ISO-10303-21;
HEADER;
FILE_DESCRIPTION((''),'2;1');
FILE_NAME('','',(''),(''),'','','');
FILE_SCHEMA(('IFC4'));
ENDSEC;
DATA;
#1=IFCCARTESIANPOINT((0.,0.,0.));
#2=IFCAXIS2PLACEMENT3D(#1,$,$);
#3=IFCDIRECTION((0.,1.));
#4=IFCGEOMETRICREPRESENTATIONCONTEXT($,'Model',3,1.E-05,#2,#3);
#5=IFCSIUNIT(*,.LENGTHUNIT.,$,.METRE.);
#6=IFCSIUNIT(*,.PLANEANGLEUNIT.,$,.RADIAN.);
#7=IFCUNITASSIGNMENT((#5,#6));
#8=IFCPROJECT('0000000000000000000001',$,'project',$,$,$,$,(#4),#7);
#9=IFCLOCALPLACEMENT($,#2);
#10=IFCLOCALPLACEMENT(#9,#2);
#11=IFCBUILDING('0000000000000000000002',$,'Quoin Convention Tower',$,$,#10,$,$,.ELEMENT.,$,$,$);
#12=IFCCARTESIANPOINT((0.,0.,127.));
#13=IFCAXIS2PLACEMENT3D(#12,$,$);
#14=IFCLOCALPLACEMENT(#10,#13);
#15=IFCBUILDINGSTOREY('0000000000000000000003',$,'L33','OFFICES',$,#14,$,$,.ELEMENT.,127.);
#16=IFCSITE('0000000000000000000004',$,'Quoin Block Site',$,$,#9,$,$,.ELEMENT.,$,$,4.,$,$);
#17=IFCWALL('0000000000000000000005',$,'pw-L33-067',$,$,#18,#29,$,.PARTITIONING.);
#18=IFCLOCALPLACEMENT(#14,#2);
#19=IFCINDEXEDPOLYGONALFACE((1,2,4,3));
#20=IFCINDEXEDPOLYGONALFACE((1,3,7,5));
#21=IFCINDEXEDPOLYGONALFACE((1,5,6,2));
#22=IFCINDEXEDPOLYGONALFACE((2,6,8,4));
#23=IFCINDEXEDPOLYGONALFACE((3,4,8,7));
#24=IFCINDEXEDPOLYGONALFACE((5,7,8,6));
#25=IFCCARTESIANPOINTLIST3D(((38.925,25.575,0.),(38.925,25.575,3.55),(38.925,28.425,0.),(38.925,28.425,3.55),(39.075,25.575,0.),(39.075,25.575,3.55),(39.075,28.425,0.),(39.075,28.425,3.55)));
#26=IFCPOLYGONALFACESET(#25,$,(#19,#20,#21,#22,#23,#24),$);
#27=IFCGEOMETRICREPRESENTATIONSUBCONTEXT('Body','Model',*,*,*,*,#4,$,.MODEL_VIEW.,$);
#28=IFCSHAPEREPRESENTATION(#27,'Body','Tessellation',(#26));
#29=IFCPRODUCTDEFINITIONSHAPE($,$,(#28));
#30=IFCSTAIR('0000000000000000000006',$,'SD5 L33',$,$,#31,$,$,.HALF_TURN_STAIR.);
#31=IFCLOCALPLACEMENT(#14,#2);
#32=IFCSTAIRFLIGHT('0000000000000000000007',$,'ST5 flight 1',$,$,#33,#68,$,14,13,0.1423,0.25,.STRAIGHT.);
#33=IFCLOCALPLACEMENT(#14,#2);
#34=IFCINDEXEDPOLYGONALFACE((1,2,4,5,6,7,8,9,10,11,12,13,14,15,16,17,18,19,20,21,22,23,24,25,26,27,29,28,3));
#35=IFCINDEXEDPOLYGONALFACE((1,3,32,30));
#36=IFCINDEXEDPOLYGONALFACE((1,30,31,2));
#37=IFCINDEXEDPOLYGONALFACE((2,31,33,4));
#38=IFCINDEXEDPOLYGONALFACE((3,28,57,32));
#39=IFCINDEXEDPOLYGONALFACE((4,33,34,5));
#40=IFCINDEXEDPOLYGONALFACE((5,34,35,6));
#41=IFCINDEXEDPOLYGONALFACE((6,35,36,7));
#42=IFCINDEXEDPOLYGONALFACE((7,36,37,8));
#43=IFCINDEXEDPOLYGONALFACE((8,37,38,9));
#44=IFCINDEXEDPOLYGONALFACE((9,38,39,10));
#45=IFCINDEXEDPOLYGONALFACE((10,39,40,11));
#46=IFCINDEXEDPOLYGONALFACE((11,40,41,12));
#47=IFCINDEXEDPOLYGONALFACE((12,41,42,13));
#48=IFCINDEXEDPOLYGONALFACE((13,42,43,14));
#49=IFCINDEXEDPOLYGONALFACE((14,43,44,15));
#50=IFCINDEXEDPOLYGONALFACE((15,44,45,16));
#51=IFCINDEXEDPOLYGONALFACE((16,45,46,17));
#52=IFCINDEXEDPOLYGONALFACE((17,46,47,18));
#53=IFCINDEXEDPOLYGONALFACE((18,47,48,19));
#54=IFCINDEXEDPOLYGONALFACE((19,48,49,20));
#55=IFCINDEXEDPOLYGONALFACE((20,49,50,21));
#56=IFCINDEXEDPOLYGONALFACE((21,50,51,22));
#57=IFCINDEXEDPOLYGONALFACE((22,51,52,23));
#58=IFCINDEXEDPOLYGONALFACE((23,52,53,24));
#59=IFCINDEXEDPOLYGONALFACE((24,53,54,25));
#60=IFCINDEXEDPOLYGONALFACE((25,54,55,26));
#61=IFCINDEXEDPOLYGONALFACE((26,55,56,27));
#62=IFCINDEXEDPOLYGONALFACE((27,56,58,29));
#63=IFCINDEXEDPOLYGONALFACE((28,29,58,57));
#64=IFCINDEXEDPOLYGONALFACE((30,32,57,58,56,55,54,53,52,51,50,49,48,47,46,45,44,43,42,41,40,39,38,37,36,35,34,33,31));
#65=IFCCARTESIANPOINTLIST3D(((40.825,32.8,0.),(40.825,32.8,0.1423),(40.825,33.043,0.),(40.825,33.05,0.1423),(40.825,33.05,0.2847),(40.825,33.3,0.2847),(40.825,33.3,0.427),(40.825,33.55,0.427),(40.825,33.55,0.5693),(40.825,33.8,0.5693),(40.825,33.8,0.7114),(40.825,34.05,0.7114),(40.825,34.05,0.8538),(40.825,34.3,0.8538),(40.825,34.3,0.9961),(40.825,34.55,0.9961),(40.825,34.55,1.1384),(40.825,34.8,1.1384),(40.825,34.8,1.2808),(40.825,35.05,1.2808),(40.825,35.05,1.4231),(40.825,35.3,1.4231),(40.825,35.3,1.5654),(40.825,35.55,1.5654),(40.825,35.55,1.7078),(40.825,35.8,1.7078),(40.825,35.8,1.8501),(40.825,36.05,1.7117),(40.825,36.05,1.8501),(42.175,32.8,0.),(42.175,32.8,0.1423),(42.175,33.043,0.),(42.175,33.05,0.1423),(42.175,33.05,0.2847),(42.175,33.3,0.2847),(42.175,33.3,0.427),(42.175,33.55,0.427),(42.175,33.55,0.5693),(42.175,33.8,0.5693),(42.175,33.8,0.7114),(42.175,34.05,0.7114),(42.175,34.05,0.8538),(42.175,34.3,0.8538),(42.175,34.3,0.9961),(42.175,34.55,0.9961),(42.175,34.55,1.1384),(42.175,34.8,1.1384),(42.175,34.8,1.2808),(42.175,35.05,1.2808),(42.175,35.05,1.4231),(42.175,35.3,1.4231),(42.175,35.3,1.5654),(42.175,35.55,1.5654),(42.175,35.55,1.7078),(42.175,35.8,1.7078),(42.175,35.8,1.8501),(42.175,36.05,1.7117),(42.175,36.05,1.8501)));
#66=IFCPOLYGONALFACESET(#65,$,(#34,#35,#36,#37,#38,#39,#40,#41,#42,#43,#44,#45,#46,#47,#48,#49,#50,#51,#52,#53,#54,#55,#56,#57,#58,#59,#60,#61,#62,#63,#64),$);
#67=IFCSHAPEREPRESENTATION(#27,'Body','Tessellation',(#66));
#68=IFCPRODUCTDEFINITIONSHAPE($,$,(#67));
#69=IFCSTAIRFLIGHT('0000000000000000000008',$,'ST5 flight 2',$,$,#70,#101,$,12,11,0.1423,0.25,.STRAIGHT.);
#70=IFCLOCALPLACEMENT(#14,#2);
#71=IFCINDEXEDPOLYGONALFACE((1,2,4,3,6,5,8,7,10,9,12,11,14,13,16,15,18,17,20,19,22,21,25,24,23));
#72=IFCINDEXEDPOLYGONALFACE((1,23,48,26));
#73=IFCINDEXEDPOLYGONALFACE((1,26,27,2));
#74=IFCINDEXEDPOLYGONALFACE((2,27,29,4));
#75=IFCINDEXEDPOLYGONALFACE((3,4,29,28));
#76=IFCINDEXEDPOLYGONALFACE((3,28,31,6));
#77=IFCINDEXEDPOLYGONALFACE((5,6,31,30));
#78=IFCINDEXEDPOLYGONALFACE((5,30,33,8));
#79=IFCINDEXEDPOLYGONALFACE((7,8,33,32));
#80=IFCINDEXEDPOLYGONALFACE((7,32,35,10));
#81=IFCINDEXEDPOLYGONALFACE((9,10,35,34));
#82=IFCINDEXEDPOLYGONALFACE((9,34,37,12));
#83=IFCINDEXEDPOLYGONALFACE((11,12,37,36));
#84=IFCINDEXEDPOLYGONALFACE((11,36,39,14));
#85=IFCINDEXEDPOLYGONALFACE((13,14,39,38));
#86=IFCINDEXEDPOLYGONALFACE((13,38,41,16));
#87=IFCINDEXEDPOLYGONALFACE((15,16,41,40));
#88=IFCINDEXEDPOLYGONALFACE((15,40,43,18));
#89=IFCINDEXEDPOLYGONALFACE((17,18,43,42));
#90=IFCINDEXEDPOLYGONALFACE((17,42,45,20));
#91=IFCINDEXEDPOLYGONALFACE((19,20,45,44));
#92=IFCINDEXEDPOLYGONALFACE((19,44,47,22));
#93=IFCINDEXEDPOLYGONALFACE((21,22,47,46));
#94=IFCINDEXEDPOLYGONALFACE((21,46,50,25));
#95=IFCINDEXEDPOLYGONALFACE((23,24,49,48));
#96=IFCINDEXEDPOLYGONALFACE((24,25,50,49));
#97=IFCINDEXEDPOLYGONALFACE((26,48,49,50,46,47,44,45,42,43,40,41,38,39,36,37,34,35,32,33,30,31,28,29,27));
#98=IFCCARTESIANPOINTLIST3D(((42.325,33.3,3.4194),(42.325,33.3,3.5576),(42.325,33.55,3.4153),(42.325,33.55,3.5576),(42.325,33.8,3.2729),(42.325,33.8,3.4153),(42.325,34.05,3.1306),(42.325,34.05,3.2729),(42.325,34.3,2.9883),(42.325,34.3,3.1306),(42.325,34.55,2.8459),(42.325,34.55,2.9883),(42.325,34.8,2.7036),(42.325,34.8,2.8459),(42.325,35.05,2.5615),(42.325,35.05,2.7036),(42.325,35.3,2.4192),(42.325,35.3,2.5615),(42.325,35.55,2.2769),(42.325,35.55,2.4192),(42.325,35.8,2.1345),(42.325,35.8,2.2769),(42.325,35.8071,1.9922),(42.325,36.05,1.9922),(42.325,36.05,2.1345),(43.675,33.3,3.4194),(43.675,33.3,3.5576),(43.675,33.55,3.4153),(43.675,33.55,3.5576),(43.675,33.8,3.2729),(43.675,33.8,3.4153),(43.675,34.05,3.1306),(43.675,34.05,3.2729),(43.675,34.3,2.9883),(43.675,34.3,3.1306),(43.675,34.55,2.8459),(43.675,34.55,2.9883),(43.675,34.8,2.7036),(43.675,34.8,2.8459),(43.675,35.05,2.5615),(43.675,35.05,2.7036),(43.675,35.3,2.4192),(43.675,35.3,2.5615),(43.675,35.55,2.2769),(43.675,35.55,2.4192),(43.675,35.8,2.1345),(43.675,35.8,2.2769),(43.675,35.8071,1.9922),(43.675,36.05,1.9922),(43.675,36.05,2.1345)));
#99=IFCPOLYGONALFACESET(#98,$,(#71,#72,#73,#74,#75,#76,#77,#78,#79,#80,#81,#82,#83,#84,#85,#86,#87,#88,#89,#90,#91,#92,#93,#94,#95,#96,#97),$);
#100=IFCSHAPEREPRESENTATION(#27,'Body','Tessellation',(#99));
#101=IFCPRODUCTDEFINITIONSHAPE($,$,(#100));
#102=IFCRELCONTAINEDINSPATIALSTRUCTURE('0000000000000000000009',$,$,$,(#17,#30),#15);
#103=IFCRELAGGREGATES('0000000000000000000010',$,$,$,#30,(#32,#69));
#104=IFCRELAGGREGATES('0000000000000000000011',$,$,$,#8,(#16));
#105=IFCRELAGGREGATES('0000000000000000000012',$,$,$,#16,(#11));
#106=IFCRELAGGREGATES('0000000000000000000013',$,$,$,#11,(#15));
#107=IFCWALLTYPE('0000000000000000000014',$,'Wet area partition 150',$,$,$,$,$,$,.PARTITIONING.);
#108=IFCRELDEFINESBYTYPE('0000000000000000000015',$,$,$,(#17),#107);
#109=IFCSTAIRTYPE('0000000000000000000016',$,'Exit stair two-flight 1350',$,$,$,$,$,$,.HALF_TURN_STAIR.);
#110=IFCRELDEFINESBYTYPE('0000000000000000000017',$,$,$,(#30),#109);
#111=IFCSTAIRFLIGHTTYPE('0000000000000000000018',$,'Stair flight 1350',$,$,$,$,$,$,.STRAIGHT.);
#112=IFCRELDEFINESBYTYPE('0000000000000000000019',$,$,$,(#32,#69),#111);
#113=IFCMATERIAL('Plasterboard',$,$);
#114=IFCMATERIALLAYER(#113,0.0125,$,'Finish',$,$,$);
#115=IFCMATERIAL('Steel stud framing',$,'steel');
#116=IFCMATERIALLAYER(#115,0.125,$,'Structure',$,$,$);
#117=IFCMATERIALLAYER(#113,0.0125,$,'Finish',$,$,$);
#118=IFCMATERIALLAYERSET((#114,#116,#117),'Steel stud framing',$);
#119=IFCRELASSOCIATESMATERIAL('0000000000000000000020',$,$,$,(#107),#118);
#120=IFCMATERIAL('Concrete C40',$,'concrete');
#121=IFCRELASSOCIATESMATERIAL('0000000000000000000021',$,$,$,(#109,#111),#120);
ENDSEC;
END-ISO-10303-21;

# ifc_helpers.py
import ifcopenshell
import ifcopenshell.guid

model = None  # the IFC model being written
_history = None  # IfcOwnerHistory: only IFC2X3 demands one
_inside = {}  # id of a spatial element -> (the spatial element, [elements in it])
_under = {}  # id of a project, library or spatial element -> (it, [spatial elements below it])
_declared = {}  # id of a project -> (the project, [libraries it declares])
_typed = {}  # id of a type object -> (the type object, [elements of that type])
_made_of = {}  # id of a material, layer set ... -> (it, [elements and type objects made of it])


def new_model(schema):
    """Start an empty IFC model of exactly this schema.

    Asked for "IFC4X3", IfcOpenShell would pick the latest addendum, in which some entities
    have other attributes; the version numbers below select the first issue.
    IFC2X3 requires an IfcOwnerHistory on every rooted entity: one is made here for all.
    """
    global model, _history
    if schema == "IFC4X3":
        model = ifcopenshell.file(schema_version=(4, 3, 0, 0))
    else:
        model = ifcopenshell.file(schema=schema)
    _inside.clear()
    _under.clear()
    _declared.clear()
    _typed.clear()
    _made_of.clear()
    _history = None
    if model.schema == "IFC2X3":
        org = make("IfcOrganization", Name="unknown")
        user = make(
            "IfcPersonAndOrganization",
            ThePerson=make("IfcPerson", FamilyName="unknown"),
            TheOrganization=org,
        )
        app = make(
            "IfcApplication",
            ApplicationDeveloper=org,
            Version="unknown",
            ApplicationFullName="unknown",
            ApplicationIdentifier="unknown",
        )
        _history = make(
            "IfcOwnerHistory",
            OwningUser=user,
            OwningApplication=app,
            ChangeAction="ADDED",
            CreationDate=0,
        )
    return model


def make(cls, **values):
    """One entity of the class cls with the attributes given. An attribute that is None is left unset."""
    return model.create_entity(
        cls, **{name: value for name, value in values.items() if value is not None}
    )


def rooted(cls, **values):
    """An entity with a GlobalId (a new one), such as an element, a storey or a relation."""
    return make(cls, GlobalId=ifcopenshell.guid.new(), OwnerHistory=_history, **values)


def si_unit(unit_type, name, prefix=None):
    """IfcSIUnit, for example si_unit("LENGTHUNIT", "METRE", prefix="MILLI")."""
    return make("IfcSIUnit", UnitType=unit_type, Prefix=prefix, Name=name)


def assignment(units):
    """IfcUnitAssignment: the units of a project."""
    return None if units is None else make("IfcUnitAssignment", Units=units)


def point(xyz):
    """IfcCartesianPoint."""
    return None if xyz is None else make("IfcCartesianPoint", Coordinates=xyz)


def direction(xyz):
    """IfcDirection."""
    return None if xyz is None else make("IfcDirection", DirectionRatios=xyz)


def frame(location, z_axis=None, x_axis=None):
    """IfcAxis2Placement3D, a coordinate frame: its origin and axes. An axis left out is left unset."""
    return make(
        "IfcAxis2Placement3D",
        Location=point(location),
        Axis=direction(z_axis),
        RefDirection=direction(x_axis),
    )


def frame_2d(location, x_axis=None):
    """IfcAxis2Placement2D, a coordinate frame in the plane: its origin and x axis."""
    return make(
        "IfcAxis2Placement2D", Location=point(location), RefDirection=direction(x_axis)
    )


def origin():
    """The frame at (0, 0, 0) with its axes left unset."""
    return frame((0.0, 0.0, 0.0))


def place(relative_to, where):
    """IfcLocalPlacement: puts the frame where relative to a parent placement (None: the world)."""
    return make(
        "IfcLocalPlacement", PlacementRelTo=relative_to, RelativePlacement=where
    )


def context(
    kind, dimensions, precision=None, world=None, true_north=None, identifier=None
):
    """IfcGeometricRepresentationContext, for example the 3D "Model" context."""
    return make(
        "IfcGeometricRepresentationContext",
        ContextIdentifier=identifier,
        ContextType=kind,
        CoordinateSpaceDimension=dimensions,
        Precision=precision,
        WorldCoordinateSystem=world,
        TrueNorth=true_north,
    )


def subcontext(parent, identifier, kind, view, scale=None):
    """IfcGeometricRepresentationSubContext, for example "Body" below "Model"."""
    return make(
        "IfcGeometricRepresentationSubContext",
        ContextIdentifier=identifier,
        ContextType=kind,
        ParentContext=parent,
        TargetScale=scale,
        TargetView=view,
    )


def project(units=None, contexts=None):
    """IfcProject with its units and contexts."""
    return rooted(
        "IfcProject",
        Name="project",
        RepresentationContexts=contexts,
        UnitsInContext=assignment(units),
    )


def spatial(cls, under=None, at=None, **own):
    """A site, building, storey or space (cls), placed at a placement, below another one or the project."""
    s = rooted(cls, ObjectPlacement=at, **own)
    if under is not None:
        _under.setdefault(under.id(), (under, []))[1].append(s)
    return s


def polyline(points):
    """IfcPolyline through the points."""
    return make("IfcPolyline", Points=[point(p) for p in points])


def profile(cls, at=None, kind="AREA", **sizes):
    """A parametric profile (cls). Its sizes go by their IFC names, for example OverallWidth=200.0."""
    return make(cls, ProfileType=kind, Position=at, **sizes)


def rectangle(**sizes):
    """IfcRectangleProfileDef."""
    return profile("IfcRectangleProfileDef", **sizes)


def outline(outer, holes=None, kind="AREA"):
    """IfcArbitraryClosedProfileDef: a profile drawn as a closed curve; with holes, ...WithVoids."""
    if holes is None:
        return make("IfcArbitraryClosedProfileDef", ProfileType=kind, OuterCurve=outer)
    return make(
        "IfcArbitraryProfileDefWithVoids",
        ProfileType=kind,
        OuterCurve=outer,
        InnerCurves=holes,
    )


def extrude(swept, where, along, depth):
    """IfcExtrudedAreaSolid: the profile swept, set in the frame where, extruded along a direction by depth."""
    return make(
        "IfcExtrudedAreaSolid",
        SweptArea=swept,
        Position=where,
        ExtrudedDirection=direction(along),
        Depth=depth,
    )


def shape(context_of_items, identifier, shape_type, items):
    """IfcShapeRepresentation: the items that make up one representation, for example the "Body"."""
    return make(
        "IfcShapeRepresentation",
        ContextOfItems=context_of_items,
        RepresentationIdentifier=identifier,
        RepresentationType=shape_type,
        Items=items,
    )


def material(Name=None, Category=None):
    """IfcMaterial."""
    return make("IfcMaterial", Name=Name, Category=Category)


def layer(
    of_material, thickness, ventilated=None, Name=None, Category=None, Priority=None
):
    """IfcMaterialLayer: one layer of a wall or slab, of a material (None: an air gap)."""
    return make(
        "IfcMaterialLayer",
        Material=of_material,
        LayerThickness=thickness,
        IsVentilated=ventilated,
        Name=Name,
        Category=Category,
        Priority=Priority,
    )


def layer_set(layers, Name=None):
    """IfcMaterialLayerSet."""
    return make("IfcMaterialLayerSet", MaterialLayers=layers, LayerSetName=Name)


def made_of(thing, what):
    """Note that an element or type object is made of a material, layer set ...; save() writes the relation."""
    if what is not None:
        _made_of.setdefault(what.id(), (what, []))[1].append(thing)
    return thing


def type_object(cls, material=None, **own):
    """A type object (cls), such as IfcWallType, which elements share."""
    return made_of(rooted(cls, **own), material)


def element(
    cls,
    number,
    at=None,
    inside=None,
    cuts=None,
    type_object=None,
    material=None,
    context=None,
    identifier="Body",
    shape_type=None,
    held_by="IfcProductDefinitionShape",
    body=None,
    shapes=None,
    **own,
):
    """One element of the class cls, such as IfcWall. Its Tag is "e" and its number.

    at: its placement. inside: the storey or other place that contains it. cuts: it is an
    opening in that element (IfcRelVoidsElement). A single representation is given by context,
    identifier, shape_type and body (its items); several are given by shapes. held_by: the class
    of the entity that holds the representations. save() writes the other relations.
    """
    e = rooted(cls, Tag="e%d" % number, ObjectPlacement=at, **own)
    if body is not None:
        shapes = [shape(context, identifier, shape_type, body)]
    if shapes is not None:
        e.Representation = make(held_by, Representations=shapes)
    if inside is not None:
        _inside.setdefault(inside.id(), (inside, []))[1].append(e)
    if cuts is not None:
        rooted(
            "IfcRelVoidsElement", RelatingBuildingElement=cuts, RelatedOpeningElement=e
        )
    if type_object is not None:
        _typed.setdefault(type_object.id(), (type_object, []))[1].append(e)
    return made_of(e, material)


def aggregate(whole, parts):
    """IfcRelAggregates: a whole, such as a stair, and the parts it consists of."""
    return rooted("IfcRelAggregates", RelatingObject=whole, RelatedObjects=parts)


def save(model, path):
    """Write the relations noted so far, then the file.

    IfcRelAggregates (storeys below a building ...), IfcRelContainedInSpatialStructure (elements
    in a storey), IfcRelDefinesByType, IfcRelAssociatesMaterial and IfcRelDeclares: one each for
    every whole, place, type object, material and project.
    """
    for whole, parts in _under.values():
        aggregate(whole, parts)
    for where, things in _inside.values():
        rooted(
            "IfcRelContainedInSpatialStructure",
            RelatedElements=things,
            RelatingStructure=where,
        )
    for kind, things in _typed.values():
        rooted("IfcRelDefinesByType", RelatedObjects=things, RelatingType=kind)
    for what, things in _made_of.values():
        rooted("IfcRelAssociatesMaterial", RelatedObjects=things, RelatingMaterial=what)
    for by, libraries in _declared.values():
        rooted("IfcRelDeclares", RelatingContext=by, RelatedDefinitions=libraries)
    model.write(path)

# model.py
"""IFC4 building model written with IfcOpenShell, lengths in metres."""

from ifc_helpers import new_model, si_unit, direction, frame, frame_2d, origin, place, context, subcontext, project, spatial, polyline, rectangle, outline, extrude, material, layer, layer_set, type_object, element, aggregate, save


model = new_model("IFC4")

# Units and contexts
model_context = context("Model", 3, precision=1e-05, world=origin(), true_north=direction((0.0, 1.0)))
body_context = subcontext(model_context, "Body", "Model", "MODEL_VIEW")
ifc_project = project(units=[si_unit("LENGTHUNIT", "METRE"), si_unit("PLANEANGLEUNIT", "RADIAN")], contexts=[model_context])

# Site, building, storey
site_placement = place(None, origin())
site = spatial("IfcSite", under=ifc_project, at=site_placement, Name="Quoin Block Site", CompositionType="ELEMENT", RefElevation=4.0)
building_placement = place(site_placement, origin())
building = spatial("IfcBuilding", under=site, at=building_placement, Name="Quoin Convention Tower", CompositionType="ELEMENT")
storey_placement = place(building_placement, frame((0.0, 0.0, 127.0)))
storey = spatial("IfcBuildingStorey", under=building, at=storey_placement, Name="L33", Description="OFFICES", CompositionType="ELEMENT", Elevation=127.0)

# Shared definitions
ifc_material_1 = material(Name="Plasterboard")
ifc_material_2 = material(Name="Steel stud framing", Category="steel")

# Shared definitions
ifc_layer_1 = layer(ifc_material_1, 0.0125, Name="Finish")
ifc_layer_2 = layer(ifc_material_2, 0.125, Name="Structure")
ifc_layer_3 = layer(ifc_material_1, 0.0125, Name="Finish")
ifc_layer_set_1 = layer_set([ifc_layer_1, ifc_layer_2, ifc_layer_3], Name="Steel stud framing")
wall_type_1 = type_object("IfcWallType", Name="Wet area partition 150", PredefinedType="PARTITIONING", material=ifc_layer_set_1)

# Wall
wall_1_placement = place(storey_placement, frame((39.0, 25.575, 0.0), z_axis=(0.0, 0.0, 1.0), x_axis=(0.0, 1.0, 0.0)))
element("IfcWall", 1, at=wall_1_placement, inside=storey, type_object=wall_type_1, Name="pw-L33-067", PredefinedType="PARTITIONING", context=body_context, shape_type="SweptSolid", body=[
    extrude(rectangle(XDim=2.8501, YDim=0.1499, at=frame_2d((1.425, 0.0))), origin(), (0.0, 0.0, 1.0), 3.55),
])

# Stair, stair flights
ifc_material_3 = material(Name="Concrete C40", Category="concrete")
stair_type = type_object("IfcStairType", Name="Exit stair two-flight 1350", PredefinedType="HALF_TURN_STAIR", material=ifc_material_3)
stair_placement = place(storey_placement, origin())
stair = element("IfcStair", 2, at=stair_placement, inside=storey, type_object=stair_type, Name="SD5 L33", PredefinedType="HALF_TURN_STAIR")
stair_flight_type = type_object("IfcStairFlightType", Name="Stair flight 1350", PredefinedType="STRAIGHT", material=ifc_material_3)
stair_flight_1_placement = place(storey_placement, frame((41.5, 32.8, 0.0), z_axis=(0.0, 0.0, 1.0), x_axis=(0.0, 1.0, 0.0)))
stair_flight_1 = element("IfcStairFlight", 3, at=stair_flight_1_placement, type_object=stair_flight_type, Name="ST5 flight 1", NumberOfRisers=14, NumberOfTreads=13, PredefinedType="STRAIGHT", RiserHeight=0.1423, TreadLength=0.25, context=body_context, shape_type="SweptSolid", body=[
    extrude(outline(polyline([(0.0, 0.0), (0.0, 0.1423), (0.25, 0.1423), (0.25, 0.2847), (0.5, 0.2847), (0.5, 0.427), (0.75, 0.427), (0.75, 0.5693), (1.0, 0.5693), (1.0, 0.7114), (1.25, 0.7114), (1.25, 0.8538), (1.5, 0.8538), (1.5, 0.9961), (1.75, 0.9961), (1.75, 1.1384), (2.0, 1.1384), (2.0, 1.2808), (2.25, 1.2808), (2.25, 1.4231), (2.5, 1.4231), (2.5, 1.5654), (2.75, 1.5654), (2.75, 1.7078), (3.0, 1.7078), (3.0, 1.8501), (3.25, 1.8501), (3.25, 1.9922), (3.25, 1.7117), (0.2429, 0.0), (0.0, 0.0)])), frame((0.0, 0.675, 0.0), z_axis=(0.0, -1.0, 0.0), x_axis=(1.0, 0.0, 0.0)), (0.0, 0.0, 1.0), 1.3501),
])
stair_flight_2_placement = place(storey_placement, frame((43.0, 36.05, 1.9922), z_axis=(0.0, 0.0, 1.0), x_axis=(0.0, -1.0, 0.0)))
stair_flight_2 = element("IfcStairFlight", 4, at=stair_flight_2_placement, type_object=stair_flight_type, Name="ST5 flight 2", NumberOfRisers=12, NumberOfTreads=11, PredefinedType="STRAIGHT", RiserHeight=0.1423, TreadLength=0.25, context=body_context, shape_type="SweptSolid", body=[
    extrude(outline(polyline([(0.0, 0.0), (0.0, 0.1423), (0.25, 0.1423), (0.25, 0.2847), (0.5, 0.2847), (0.5, 0.427), (0.75, 0.427), (0.75, 0.5693), (1.0, 0.5693), (1.0, 0.7114), (1.25, 0.7114), (1.25, 0.8538), (1.5, 0.8538), (1.5, 0.9961), (1.75, 0.9961), (1.75, 1.1384), (2.0, 1.1384), (2.0, 1.2808), (2.25, 1.2808), (2.25, 1.4231), (2.5, 1.4231), (2.5, 1.5654), (2.75, 1.5654), (2.75, 1.7078), (2.75, 1.4272), (0.2429, 0.0), (0.0, 0.0)])), frame((0.0, 0.675, 0.0), z_axis=(0.0, -1.0, 0.0), x_axis=(1.0, 0.0, 0.0)), (0.0, 0.0, 1.0), 1.3501),
])
aggregate(stair, [stair_flight_1, stair_flight_2])

save(model, "model.ifc")
